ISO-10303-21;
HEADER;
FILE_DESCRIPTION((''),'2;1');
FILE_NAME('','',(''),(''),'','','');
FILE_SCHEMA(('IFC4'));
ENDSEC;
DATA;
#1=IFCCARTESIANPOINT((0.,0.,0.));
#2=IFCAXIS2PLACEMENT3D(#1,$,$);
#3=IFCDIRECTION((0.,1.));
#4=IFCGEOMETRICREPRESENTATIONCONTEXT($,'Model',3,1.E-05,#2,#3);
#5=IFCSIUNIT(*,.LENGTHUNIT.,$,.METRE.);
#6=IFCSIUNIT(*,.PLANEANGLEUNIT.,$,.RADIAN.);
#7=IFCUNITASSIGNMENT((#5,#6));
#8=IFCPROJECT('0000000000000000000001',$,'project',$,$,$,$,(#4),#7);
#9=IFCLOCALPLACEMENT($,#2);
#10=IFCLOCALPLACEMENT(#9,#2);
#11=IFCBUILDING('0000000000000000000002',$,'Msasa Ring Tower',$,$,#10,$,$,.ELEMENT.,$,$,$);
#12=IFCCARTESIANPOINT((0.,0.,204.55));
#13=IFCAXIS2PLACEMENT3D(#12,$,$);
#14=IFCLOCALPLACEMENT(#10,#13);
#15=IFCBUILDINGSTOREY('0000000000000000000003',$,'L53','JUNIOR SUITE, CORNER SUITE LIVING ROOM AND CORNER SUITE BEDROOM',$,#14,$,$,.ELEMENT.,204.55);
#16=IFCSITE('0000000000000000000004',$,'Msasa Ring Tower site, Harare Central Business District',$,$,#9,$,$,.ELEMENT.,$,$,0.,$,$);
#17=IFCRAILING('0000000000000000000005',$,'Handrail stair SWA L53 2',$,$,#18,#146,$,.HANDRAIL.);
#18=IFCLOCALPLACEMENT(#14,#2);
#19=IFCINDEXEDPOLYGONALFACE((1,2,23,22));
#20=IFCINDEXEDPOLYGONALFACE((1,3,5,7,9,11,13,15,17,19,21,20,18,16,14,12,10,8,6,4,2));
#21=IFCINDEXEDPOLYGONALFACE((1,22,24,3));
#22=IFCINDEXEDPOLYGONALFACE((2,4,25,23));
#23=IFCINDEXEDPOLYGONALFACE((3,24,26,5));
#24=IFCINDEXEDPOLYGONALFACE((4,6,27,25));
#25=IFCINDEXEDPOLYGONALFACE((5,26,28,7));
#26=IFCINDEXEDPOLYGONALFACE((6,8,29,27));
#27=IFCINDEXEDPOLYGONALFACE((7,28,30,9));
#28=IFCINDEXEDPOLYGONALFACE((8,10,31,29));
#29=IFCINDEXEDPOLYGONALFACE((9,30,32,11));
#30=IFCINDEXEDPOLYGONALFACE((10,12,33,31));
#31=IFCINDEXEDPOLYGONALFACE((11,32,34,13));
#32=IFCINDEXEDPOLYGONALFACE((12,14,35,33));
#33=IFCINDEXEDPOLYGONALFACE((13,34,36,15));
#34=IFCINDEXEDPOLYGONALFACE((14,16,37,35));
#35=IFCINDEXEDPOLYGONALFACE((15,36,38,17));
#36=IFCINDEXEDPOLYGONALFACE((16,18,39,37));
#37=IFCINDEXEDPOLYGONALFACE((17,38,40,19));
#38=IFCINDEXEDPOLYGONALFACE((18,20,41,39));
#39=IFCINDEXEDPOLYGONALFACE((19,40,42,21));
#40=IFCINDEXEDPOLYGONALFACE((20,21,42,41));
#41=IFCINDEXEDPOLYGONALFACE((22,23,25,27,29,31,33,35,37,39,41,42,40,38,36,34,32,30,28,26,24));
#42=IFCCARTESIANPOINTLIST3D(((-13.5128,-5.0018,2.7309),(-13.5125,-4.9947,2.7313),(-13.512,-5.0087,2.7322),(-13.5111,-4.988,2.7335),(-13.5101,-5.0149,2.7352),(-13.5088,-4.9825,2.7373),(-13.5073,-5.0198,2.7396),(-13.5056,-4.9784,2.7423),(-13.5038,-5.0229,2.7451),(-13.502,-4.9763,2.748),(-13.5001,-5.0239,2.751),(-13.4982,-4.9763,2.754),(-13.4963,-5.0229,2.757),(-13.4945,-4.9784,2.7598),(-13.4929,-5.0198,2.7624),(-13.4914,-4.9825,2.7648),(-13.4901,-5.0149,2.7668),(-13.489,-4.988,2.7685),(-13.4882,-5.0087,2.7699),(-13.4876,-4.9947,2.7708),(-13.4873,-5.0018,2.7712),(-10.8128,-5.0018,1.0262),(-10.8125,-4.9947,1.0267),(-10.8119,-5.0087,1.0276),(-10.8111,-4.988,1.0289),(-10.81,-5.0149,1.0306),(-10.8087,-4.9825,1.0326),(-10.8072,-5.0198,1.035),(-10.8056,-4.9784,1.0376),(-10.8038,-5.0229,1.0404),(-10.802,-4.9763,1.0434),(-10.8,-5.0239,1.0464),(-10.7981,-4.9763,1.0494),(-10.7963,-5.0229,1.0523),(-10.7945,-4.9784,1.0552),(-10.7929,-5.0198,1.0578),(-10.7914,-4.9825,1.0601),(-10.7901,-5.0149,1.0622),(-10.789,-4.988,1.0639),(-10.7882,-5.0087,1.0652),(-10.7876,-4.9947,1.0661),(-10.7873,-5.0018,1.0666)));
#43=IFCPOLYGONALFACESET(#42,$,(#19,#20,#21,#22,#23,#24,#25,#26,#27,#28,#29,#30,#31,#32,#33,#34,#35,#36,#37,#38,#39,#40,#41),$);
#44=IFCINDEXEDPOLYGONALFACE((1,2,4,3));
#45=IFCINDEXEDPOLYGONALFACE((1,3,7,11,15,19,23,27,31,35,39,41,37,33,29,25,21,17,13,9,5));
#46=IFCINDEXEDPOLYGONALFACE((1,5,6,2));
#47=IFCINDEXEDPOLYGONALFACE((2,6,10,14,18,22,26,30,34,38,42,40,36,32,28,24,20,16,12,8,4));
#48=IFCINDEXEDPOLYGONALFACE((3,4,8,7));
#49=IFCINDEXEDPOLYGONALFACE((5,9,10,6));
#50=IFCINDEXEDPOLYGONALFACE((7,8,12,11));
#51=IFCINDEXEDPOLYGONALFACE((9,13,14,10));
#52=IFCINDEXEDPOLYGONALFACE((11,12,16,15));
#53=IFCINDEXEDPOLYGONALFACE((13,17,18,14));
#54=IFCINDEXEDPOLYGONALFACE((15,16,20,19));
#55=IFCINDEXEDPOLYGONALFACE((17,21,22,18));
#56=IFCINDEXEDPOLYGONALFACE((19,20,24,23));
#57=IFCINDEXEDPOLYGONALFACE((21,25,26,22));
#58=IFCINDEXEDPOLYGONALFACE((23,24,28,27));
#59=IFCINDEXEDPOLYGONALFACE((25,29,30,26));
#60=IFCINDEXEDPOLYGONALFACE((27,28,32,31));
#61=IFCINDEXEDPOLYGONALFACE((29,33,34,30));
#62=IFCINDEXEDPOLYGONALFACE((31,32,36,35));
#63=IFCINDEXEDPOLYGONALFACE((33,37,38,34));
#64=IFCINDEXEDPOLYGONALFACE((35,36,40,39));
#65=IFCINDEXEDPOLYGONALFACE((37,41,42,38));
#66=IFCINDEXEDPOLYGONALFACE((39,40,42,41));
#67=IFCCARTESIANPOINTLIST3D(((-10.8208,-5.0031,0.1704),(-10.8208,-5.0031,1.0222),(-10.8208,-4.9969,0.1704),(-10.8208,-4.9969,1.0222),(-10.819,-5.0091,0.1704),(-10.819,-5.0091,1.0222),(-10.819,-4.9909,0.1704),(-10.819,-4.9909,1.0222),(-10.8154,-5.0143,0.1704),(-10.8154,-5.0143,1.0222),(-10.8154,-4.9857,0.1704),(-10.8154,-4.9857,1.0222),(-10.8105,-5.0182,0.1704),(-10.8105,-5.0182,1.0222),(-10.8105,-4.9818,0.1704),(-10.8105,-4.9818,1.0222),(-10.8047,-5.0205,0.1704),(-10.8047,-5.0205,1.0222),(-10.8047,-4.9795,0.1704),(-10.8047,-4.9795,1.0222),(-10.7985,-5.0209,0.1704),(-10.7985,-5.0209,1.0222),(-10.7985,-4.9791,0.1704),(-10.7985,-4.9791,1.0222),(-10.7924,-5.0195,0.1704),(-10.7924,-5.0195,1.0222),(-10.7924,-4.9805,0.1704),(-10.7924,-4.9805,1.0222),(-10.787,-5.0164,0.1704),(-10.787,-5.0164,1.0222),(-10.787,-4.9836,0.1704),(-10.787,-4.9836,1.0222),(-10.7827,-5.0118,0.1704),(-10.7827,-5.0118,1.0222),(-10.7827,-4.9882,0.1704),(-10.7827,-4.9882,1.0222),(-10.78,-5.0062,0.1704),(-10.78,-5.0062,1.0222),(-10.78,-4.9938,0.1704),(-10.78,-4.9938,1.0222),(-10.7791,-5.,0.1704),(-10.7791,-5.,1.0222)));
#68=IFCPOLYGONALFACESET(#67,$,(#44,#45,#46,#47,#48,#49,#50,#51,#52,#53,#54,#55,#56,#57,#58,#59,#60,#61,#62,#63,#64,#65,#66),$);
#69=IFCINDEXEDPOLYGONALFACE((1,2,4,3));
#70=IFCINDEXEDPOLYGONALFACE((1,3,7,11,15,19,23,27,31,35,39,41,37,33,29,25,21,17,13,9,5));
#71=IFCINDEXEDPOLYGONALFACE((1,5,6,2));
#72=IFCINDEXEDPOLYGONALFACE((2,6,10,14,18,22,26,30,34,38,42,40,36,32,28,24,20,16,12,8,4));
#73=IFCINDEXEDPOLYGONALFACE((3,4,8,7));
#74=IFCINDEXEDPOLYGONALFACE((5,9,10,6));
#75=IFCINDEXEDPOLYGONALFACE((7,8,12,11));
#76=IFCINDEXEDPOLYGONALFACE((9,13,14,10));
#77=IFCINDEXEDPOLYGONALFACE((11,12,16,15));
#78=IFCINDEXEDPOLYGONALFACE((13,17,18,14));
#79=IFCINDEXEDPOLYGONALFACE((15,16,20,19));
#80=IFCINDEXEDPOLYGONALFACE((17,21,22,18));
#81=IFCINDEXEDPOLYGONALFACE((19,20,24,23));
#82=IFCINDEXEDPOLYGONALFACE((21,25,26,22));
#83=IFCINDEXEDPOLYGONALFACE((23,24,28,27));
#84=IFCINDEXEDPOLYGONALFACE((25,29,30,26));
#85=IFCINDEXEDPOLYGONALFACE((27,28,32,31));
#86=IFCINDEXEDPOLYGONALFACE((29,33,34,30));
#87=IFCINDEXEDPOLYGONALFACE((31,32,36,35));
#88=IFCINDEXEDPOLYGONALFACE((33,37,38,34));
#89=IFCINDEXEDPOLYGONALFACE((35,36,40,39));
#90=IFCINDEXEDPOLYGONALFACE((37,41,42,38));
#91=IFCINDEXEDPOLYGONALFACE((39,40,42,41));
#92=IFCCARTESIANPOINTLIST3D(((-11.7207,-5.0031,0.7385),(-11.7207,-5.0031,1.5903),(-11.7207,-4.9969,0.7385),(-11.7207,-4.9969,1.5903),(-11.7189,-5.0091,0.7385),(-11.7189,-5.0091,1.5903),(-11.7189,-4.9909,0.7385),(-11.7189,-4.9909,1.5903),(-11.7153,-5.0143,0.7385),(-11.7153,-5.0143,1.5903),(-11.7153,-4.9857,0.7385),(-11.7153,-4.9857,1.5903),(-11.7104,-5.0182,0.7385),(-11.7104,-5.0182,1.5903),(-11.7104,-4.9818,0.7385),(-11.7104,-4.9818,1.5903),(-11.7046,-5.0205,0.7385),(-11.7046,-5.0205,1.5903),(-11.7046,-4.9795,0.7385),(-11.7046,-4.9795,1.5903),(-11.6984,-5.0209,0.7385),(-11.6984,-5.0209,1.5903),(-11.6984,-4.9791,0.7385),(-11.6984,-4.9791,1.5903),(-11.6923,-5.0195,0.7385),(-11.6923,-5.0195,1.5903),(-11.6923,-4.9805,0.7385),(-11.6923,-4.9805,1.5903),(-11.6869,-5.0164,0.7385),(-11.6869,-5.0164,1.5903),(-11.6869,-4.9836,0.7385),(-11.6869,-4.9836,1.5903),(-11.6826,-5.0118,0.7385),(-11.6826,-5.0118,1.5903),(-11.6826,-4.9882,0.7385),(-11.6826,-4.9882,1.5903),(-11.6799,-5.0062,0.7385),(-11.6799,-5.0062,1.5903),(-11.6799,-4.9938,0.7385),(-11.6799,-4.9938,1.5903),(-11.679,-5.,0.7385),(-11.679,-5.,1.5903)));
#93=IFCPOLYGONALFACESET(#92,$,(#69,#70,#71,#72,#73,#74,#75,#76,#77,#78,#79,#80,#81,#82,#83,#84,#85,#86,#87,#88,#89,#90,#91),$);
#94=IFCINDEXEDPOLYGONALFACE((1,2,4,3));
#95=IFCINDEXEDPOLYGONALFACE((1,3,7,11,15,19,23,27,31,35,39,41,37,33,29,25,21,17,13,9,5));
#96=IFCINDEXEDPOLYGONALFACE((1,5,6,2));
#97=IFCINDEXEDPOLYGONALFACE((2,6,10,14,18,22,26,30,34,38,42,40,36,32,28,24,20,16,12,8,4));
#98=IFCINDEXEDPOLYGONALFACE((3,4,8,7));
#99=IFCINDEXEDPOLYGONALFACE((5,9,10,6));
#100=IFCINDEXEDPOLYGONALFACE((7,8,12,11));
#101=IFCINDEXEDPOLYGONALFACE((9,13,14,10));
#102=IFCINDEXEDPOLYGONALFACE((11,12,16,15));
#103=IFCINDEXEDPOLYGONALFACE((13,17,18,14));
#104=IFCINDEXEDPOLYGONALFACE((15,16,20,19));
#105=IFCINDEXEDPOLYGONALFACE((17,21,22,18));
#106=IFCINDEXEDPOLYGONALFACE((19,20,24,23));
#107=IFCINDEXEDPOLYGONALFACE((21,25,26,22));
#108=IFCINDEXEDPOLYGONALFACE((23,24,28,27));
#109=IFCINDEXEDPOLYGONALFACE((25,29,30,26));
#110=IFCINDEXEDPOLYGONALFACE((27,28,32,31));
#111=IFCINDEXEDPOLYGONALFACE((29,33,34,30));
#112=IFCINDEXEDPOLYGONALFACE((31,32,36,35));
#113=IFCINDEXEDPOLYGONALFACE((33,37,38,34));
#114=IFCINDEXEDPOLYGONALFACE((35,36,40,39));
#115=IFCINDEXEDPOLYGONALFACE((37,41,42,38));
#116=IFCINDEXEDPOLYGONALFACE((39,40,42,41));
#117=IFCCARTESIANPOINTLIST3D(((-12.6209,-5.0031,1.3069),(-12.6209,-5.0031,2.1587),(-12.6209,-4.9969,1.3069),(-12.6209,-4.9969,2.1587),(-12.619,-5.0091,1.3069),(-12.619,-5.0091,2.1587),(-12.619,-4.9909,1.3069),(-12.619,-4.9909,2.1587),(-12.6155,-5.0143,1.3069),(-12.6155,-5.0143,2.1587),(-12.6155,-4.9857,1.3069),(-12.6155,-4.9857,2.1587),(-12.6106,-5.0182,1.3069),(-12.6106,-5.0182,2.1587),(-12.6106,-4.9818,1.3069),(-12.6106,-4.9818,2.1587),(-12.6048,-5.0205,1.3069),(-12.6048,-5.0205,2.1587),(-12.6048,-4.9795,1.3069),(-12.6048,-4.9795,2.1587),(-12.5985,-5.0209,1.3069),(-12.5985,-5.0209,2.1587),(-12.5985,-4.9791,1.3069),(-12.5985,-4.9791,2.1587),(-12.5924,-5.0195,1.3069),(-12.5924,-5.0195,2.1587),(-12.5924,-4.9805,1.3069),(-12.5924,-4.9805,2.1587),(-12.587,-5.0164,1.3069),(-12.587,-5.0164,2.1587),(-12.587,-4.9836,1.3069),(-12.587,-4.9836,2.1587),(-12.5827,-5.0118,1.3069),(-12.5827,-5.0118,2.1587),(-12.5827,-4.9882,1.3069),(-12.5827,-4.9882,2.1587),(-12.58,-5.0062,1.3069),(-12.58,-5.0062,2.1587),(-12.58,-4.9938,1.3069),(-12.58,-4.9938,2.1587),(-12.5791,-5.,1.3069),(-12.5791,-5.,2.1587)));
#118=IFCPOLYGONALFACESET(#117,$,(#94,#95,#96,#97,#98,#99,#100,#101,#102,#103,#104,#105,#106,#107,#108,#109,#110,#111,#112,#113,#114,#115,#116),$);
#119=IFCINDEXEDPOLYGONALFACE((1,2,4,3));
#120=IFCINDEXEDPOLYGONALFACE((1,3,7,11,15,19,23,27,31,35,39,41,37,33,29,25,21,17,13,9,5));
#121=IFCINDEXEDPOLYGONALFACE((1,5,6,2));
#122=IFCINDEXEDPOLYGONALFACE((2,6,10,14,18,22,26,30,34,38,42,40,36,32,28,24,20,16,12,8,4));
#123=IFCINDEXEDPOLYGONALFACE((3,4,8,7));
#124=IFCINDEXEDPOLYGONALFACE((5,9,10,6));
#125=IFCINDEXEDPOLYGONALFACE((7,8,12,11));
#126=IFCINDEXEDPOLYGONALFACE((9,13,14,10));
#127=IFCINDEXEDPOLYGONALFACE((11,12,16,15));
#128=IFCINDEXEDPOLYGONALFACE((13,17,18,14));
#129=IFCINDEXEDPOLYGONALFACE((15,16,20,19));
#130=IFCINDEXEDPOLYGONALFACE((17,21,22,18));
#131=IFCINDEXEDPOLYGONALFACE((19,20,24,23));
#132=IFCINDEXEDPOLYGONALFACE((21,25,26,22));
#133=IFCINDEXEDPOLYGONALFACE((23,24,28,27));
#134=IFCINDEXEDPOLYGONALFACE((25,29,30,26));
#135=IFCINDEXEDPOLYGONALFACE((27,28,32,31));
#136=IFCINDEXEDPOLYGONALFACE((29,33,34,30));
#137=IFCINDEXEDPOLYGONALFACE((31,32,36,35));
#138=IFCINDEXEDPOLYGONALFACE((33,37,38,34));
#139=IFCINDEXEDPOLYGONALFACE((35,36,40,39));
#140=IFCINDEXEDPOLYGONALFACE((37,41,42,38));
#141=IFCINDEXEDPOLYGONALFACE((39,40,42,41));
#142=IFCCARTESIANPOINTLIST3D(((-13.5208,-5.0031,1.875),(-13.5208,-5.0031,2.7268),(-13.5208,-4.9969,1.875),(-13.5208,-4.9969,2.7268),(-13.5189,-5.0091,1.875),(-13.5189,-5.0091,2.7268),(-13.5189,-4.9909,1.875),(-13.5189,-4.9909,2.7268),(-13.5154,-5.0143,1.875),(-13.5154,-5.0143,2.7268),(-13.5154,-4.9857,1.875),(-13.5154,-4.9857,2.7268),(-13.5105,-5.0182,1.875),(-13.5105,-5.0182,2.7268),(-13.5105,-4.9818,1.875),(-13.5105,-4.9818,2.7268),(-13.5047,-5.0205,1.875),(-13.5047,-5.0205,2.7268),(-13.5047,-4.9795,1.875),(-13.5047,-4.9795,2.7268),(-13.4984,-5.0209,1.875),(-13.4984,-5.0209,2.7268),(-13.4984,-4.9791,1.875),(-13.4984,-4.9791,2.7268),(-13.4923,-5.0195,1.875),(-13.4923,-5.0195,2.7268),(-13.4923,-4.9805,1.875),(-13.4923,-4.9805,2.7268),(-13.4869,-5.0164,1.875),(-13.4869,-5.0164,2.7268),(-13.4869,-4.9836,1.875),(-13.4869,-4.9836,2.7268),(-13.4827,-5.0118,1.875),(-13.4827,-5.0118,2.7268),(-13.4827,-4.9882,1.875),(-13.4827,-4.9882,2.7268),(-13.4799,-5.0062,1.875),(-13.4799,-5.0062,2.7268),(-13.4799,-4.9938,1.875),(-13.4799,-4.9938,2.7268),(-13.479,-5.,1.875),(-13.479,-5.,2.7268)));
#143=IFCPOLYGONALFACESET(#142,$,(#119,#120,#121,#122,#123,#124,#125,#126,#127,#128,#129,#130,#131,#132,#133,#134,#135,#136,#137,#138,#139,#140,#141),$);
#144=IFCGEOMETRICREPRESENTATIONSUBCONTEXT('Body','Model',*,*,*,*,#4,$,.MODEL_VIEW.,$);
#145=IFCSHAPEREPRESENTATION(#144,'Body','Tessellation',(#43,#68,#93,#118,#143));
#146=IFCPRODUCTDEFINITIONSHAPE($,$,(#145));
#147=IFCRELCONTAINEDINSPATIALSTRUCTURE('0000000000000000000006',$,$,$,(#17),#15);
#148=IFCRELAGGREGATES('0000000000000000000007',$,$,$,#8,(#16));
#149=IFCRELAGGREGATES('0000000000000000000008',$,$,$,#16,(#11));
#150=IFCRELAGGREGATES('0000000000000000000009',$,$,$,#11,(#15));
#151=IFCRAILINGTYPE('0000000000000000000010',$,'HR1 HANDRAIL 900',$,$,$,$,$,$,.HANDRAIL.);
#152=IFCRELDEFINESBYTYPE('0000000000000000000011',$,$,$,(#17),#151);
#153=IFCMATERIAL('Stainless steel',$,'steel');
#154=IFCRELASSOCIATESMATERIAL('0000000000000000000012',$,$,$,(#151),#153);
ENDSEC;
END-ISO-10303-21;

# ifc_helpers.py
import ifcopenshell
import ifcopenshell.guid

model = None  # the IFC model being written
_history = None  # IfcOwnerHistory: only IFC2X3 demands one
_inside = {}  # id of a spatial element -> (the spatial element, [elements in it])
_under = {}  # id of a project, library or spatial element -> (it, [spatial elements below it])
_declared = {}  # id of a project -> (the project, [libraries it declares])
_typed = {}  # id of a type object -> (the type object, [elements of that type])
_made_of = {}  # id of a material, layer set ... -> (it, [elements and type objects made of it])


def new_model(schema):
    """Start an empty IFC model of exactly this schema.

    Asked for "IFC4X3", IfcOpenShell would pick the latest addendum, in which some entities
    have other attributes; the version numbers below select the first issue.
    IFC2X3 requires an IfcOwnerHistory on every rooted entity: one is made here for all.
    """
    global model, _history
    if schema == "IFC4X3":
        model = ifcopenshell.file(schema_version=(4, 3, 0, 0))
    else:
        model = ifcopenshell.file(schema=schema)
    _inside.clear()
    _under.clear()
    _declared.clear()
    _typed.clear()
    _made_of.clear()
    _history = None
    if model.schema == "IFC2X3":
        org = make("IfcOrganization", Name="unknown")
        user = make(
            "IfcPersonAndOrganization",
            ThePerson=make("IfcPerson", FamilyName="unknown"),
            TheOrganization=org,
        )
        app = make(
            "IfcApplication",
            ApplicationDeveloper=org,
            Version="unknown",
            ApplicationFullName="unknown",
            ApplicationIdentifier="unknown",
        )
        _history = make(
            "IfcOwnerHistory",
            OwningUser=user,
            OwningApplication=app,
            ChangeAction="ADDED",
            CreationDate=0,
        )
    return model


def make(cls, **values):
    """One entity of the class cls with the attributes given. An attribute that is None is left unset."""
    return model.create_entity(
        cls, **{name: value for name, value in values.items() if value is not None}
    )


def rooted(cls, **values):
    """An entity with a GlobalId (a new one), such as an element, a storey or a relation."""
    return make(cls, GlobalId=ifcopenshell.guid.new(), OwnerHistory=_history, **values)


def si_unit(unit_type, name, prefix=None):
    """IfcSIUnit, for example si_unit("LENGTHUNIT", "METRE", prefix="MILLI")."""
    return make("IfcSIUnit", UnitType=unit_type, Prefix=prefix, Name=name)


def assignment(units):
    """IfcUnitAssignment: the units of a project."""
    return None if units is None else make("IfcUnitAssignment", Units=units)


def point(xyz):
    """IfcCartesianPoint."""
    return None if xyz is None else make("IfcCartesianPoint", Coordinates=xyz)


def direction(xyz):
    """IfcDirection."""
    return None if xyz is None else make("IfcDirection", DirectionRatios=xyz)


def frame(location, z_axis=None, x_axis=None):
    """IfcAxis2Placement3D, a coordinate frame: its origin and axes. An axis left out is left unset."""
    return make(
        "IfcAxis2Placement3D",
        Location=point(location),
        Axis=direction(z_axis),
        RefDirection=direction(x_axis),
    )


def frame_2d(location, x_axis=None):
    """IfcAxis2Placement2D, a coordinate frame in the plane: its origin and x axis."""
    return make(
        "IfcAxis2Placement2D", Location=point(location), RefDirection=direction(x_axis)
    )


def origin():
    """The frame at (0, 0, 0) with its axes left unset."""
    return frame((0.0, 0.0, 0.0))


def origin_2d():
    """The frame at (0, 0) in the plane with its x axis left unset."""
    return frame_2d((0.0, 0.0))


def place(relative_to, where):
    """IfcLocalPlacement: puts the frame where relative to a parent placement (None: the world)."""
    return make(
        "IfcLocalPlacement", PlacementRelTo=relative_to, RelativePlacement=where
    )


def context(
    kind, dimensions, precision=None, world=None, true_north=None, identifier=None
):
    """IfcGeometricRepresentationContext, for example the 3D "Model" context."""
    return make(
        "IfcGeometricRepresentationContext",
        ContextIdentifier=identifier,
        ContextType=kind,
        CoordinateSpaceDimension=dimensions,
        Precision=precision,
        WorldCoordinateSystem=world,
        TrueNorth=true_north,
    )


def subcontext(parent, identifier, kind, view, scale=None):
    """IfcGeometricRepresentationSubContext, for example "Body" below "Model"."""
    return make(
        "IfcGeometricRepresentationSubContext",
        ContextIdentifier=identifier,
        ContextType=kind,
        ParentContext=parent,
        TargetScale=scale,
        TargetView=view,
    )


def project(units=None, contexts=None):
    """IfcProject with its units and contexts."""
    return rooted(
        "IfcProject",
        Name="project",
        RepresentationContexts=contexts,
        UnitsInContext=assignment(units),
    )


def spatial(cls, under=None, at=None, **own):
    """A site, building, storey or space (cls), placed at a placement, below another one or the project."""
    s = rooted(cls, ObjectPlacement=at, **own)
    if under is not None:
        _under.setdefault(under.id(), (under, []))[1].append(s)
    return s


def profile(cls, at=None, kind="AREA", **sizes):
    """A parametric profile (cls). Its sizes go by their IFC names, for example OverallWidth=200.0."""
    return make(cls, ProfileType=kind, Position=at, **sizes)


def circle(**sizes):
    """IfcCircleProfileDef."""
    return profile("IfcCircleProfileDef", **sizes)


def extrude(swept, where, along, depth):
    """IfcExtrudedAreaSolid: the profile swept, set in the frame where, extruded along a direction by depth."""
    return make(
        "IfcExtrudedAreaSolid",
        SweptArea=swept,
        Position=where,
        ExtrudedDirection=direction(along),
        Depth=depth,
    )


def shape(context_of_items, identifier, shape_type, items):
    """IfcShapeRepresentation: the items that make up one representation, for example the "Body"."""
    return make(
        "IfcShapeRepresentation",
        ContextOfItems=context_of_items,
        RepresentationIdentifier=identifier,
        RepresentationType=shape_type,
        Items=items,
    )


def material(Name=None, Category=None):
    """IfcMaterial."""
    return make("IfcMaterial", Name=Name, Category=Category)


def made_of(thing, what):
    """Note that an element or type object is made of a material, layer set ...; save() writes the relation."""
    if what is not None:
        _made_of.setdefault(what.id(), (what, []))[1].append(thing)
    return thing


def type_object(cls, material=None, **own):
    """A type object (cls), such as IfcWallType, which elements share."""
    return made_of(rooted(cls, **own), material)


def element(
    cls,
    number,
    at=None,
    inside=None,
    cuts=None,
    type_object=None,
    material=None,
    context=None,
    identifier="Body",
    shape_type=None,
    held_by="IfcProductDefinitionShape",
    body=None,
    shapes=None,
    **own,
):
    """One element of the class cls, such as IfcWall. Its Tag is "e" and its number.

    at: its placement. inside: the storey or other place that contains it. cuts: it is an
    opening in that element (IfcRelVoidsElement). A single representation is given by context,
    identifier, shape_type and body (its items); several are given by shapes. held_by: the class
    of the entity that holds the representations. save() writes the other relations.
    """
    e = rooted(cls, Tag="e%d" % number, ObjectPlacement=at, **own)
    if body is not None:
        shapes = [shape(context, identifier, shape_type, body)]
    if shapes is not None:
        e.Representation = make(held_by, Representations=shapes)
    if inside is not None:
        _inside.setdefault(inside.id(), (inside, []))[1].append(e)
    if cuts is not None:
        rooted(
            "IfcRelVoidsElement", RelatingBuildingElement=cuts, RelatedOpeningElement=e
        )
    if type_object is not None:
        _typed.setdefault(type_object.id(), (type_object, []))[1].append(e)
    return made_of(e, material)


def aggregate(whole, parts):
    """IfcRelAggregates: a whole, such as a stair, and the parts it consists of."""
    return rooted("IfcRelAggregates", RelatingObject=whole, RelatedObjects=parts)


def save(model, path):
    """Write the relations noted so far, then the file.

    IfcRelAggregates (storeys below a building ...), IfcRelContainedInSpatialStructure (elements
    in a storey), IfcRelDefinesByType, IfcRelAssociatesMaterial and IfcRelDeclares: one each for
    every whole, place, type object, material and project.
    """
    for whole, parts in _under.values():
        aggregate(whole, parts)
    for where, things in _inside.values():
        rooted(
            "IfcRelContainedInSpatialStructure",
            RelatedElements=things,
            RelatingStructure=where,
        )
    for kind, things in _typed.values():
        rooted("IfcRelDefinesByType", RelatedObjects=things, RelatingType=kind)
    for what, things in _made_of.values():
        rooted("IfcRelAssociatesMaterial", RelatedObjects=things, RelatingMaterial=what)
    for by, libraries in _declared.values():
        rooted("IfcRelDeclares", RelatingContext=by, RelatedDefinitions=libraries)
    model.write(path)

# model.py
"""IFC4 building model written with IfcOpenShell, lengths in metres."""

from ifc_helpers import new_model, si_unit, direction, frame, origin, origin_2d, place, context, subcontext, project, spatial, circle, extrude, material, type_object, element, save


model = new_model("IFC4")

# Units and contexts
model_context = context("Model", 3, precision=1e-05, world=origin(), true_north=direction((0.0, 1.0)))
body_context = subcontext(model_context, "Body", "Model", "MODEL_VIEW")
ifc_project = project(units=[si_unit("LENGTHUNIT", "METRE"), si_unit("PLANEANGLEUNIT", "RADIAN")], contexts=[model_context])

# Site, building, storey
site_placement = place(None, origin())
site = spatial("IfcSite", under=ifc_project, at=site_placement, Name="Msasa Ring Tower site, Harare Central Business District", CompositionType="ELEMENT", RefElevation=0.0)
building_placement = place(site_placement, origin())
building = spatial("IfcBuilding", under=site, at=building_placement, Name="Msasa Ring Tower", CompositionType="ELEMENT")
storey_placement = place(building_placement, frame((0.0, 0.0, 204.55)))
storey = spatial("IfcBuildingStorey", under=building, at=storey_placement, Name="L53", Description="JUNIOR SUITE, CORNER SUITE LIVING ROOM AND CORNER SUITE BEDROOM", CompositionType="ELEMENT", Elevation=204.55)

# Railing
ifc_material_1 = material(Name="Stainless steel", Category="steel")
railing_type = type_object("IfcRailingType", Name="HR1 HANDRAIL 900", PredefinedType="HANDRAIL", material=ifc_material_1)
for number, where, name in (
    (1, (-10.8, -5.0, 0.1704), "Handrail stair SWA L53 2"),
):
    element("IfcRailing", number, at=place(storey_placement, frame(where)), inside=storey, type_object=railing_type, Name=name, PredefinedType="HANDRAIL", context=body_context, shape_type="SweptSolid", body=[
        extrude(circle(Radius=0.0239, at=origin_2d()), frame((0.0, 0.0, 0.876), z_axis=(-0.84558, 0.0, 0.533849), x_axis=(0.0, -1.0, 0.0)), (0.0, 0.0, 1.0), 3.1931),
        extrude(circle(Radius=0.021, at=origin_2d()), origin(), (0.0, 0.0, 1.0), 0.8518),
        extrude(circle(Radius=0.021, at=origin_2d()), frame((-0.8999, 0.0, 0.5681)), (0.0, 0.0, 1.0), 0.8518),
        extrude(circle(Radius=0.021, at=origin_2d()), frame((-1.8, 0.0, 1.1365)), (0.0, 0.0, 1.0), 0.8518),
        extrude(circle(Radius=0.021, at=origin_2d()), frame((-2.7, 0.0, 1.7046)), (0.0, 0.0, 1.0), 0.8518),
    ])

save(model, "model.ifc")
